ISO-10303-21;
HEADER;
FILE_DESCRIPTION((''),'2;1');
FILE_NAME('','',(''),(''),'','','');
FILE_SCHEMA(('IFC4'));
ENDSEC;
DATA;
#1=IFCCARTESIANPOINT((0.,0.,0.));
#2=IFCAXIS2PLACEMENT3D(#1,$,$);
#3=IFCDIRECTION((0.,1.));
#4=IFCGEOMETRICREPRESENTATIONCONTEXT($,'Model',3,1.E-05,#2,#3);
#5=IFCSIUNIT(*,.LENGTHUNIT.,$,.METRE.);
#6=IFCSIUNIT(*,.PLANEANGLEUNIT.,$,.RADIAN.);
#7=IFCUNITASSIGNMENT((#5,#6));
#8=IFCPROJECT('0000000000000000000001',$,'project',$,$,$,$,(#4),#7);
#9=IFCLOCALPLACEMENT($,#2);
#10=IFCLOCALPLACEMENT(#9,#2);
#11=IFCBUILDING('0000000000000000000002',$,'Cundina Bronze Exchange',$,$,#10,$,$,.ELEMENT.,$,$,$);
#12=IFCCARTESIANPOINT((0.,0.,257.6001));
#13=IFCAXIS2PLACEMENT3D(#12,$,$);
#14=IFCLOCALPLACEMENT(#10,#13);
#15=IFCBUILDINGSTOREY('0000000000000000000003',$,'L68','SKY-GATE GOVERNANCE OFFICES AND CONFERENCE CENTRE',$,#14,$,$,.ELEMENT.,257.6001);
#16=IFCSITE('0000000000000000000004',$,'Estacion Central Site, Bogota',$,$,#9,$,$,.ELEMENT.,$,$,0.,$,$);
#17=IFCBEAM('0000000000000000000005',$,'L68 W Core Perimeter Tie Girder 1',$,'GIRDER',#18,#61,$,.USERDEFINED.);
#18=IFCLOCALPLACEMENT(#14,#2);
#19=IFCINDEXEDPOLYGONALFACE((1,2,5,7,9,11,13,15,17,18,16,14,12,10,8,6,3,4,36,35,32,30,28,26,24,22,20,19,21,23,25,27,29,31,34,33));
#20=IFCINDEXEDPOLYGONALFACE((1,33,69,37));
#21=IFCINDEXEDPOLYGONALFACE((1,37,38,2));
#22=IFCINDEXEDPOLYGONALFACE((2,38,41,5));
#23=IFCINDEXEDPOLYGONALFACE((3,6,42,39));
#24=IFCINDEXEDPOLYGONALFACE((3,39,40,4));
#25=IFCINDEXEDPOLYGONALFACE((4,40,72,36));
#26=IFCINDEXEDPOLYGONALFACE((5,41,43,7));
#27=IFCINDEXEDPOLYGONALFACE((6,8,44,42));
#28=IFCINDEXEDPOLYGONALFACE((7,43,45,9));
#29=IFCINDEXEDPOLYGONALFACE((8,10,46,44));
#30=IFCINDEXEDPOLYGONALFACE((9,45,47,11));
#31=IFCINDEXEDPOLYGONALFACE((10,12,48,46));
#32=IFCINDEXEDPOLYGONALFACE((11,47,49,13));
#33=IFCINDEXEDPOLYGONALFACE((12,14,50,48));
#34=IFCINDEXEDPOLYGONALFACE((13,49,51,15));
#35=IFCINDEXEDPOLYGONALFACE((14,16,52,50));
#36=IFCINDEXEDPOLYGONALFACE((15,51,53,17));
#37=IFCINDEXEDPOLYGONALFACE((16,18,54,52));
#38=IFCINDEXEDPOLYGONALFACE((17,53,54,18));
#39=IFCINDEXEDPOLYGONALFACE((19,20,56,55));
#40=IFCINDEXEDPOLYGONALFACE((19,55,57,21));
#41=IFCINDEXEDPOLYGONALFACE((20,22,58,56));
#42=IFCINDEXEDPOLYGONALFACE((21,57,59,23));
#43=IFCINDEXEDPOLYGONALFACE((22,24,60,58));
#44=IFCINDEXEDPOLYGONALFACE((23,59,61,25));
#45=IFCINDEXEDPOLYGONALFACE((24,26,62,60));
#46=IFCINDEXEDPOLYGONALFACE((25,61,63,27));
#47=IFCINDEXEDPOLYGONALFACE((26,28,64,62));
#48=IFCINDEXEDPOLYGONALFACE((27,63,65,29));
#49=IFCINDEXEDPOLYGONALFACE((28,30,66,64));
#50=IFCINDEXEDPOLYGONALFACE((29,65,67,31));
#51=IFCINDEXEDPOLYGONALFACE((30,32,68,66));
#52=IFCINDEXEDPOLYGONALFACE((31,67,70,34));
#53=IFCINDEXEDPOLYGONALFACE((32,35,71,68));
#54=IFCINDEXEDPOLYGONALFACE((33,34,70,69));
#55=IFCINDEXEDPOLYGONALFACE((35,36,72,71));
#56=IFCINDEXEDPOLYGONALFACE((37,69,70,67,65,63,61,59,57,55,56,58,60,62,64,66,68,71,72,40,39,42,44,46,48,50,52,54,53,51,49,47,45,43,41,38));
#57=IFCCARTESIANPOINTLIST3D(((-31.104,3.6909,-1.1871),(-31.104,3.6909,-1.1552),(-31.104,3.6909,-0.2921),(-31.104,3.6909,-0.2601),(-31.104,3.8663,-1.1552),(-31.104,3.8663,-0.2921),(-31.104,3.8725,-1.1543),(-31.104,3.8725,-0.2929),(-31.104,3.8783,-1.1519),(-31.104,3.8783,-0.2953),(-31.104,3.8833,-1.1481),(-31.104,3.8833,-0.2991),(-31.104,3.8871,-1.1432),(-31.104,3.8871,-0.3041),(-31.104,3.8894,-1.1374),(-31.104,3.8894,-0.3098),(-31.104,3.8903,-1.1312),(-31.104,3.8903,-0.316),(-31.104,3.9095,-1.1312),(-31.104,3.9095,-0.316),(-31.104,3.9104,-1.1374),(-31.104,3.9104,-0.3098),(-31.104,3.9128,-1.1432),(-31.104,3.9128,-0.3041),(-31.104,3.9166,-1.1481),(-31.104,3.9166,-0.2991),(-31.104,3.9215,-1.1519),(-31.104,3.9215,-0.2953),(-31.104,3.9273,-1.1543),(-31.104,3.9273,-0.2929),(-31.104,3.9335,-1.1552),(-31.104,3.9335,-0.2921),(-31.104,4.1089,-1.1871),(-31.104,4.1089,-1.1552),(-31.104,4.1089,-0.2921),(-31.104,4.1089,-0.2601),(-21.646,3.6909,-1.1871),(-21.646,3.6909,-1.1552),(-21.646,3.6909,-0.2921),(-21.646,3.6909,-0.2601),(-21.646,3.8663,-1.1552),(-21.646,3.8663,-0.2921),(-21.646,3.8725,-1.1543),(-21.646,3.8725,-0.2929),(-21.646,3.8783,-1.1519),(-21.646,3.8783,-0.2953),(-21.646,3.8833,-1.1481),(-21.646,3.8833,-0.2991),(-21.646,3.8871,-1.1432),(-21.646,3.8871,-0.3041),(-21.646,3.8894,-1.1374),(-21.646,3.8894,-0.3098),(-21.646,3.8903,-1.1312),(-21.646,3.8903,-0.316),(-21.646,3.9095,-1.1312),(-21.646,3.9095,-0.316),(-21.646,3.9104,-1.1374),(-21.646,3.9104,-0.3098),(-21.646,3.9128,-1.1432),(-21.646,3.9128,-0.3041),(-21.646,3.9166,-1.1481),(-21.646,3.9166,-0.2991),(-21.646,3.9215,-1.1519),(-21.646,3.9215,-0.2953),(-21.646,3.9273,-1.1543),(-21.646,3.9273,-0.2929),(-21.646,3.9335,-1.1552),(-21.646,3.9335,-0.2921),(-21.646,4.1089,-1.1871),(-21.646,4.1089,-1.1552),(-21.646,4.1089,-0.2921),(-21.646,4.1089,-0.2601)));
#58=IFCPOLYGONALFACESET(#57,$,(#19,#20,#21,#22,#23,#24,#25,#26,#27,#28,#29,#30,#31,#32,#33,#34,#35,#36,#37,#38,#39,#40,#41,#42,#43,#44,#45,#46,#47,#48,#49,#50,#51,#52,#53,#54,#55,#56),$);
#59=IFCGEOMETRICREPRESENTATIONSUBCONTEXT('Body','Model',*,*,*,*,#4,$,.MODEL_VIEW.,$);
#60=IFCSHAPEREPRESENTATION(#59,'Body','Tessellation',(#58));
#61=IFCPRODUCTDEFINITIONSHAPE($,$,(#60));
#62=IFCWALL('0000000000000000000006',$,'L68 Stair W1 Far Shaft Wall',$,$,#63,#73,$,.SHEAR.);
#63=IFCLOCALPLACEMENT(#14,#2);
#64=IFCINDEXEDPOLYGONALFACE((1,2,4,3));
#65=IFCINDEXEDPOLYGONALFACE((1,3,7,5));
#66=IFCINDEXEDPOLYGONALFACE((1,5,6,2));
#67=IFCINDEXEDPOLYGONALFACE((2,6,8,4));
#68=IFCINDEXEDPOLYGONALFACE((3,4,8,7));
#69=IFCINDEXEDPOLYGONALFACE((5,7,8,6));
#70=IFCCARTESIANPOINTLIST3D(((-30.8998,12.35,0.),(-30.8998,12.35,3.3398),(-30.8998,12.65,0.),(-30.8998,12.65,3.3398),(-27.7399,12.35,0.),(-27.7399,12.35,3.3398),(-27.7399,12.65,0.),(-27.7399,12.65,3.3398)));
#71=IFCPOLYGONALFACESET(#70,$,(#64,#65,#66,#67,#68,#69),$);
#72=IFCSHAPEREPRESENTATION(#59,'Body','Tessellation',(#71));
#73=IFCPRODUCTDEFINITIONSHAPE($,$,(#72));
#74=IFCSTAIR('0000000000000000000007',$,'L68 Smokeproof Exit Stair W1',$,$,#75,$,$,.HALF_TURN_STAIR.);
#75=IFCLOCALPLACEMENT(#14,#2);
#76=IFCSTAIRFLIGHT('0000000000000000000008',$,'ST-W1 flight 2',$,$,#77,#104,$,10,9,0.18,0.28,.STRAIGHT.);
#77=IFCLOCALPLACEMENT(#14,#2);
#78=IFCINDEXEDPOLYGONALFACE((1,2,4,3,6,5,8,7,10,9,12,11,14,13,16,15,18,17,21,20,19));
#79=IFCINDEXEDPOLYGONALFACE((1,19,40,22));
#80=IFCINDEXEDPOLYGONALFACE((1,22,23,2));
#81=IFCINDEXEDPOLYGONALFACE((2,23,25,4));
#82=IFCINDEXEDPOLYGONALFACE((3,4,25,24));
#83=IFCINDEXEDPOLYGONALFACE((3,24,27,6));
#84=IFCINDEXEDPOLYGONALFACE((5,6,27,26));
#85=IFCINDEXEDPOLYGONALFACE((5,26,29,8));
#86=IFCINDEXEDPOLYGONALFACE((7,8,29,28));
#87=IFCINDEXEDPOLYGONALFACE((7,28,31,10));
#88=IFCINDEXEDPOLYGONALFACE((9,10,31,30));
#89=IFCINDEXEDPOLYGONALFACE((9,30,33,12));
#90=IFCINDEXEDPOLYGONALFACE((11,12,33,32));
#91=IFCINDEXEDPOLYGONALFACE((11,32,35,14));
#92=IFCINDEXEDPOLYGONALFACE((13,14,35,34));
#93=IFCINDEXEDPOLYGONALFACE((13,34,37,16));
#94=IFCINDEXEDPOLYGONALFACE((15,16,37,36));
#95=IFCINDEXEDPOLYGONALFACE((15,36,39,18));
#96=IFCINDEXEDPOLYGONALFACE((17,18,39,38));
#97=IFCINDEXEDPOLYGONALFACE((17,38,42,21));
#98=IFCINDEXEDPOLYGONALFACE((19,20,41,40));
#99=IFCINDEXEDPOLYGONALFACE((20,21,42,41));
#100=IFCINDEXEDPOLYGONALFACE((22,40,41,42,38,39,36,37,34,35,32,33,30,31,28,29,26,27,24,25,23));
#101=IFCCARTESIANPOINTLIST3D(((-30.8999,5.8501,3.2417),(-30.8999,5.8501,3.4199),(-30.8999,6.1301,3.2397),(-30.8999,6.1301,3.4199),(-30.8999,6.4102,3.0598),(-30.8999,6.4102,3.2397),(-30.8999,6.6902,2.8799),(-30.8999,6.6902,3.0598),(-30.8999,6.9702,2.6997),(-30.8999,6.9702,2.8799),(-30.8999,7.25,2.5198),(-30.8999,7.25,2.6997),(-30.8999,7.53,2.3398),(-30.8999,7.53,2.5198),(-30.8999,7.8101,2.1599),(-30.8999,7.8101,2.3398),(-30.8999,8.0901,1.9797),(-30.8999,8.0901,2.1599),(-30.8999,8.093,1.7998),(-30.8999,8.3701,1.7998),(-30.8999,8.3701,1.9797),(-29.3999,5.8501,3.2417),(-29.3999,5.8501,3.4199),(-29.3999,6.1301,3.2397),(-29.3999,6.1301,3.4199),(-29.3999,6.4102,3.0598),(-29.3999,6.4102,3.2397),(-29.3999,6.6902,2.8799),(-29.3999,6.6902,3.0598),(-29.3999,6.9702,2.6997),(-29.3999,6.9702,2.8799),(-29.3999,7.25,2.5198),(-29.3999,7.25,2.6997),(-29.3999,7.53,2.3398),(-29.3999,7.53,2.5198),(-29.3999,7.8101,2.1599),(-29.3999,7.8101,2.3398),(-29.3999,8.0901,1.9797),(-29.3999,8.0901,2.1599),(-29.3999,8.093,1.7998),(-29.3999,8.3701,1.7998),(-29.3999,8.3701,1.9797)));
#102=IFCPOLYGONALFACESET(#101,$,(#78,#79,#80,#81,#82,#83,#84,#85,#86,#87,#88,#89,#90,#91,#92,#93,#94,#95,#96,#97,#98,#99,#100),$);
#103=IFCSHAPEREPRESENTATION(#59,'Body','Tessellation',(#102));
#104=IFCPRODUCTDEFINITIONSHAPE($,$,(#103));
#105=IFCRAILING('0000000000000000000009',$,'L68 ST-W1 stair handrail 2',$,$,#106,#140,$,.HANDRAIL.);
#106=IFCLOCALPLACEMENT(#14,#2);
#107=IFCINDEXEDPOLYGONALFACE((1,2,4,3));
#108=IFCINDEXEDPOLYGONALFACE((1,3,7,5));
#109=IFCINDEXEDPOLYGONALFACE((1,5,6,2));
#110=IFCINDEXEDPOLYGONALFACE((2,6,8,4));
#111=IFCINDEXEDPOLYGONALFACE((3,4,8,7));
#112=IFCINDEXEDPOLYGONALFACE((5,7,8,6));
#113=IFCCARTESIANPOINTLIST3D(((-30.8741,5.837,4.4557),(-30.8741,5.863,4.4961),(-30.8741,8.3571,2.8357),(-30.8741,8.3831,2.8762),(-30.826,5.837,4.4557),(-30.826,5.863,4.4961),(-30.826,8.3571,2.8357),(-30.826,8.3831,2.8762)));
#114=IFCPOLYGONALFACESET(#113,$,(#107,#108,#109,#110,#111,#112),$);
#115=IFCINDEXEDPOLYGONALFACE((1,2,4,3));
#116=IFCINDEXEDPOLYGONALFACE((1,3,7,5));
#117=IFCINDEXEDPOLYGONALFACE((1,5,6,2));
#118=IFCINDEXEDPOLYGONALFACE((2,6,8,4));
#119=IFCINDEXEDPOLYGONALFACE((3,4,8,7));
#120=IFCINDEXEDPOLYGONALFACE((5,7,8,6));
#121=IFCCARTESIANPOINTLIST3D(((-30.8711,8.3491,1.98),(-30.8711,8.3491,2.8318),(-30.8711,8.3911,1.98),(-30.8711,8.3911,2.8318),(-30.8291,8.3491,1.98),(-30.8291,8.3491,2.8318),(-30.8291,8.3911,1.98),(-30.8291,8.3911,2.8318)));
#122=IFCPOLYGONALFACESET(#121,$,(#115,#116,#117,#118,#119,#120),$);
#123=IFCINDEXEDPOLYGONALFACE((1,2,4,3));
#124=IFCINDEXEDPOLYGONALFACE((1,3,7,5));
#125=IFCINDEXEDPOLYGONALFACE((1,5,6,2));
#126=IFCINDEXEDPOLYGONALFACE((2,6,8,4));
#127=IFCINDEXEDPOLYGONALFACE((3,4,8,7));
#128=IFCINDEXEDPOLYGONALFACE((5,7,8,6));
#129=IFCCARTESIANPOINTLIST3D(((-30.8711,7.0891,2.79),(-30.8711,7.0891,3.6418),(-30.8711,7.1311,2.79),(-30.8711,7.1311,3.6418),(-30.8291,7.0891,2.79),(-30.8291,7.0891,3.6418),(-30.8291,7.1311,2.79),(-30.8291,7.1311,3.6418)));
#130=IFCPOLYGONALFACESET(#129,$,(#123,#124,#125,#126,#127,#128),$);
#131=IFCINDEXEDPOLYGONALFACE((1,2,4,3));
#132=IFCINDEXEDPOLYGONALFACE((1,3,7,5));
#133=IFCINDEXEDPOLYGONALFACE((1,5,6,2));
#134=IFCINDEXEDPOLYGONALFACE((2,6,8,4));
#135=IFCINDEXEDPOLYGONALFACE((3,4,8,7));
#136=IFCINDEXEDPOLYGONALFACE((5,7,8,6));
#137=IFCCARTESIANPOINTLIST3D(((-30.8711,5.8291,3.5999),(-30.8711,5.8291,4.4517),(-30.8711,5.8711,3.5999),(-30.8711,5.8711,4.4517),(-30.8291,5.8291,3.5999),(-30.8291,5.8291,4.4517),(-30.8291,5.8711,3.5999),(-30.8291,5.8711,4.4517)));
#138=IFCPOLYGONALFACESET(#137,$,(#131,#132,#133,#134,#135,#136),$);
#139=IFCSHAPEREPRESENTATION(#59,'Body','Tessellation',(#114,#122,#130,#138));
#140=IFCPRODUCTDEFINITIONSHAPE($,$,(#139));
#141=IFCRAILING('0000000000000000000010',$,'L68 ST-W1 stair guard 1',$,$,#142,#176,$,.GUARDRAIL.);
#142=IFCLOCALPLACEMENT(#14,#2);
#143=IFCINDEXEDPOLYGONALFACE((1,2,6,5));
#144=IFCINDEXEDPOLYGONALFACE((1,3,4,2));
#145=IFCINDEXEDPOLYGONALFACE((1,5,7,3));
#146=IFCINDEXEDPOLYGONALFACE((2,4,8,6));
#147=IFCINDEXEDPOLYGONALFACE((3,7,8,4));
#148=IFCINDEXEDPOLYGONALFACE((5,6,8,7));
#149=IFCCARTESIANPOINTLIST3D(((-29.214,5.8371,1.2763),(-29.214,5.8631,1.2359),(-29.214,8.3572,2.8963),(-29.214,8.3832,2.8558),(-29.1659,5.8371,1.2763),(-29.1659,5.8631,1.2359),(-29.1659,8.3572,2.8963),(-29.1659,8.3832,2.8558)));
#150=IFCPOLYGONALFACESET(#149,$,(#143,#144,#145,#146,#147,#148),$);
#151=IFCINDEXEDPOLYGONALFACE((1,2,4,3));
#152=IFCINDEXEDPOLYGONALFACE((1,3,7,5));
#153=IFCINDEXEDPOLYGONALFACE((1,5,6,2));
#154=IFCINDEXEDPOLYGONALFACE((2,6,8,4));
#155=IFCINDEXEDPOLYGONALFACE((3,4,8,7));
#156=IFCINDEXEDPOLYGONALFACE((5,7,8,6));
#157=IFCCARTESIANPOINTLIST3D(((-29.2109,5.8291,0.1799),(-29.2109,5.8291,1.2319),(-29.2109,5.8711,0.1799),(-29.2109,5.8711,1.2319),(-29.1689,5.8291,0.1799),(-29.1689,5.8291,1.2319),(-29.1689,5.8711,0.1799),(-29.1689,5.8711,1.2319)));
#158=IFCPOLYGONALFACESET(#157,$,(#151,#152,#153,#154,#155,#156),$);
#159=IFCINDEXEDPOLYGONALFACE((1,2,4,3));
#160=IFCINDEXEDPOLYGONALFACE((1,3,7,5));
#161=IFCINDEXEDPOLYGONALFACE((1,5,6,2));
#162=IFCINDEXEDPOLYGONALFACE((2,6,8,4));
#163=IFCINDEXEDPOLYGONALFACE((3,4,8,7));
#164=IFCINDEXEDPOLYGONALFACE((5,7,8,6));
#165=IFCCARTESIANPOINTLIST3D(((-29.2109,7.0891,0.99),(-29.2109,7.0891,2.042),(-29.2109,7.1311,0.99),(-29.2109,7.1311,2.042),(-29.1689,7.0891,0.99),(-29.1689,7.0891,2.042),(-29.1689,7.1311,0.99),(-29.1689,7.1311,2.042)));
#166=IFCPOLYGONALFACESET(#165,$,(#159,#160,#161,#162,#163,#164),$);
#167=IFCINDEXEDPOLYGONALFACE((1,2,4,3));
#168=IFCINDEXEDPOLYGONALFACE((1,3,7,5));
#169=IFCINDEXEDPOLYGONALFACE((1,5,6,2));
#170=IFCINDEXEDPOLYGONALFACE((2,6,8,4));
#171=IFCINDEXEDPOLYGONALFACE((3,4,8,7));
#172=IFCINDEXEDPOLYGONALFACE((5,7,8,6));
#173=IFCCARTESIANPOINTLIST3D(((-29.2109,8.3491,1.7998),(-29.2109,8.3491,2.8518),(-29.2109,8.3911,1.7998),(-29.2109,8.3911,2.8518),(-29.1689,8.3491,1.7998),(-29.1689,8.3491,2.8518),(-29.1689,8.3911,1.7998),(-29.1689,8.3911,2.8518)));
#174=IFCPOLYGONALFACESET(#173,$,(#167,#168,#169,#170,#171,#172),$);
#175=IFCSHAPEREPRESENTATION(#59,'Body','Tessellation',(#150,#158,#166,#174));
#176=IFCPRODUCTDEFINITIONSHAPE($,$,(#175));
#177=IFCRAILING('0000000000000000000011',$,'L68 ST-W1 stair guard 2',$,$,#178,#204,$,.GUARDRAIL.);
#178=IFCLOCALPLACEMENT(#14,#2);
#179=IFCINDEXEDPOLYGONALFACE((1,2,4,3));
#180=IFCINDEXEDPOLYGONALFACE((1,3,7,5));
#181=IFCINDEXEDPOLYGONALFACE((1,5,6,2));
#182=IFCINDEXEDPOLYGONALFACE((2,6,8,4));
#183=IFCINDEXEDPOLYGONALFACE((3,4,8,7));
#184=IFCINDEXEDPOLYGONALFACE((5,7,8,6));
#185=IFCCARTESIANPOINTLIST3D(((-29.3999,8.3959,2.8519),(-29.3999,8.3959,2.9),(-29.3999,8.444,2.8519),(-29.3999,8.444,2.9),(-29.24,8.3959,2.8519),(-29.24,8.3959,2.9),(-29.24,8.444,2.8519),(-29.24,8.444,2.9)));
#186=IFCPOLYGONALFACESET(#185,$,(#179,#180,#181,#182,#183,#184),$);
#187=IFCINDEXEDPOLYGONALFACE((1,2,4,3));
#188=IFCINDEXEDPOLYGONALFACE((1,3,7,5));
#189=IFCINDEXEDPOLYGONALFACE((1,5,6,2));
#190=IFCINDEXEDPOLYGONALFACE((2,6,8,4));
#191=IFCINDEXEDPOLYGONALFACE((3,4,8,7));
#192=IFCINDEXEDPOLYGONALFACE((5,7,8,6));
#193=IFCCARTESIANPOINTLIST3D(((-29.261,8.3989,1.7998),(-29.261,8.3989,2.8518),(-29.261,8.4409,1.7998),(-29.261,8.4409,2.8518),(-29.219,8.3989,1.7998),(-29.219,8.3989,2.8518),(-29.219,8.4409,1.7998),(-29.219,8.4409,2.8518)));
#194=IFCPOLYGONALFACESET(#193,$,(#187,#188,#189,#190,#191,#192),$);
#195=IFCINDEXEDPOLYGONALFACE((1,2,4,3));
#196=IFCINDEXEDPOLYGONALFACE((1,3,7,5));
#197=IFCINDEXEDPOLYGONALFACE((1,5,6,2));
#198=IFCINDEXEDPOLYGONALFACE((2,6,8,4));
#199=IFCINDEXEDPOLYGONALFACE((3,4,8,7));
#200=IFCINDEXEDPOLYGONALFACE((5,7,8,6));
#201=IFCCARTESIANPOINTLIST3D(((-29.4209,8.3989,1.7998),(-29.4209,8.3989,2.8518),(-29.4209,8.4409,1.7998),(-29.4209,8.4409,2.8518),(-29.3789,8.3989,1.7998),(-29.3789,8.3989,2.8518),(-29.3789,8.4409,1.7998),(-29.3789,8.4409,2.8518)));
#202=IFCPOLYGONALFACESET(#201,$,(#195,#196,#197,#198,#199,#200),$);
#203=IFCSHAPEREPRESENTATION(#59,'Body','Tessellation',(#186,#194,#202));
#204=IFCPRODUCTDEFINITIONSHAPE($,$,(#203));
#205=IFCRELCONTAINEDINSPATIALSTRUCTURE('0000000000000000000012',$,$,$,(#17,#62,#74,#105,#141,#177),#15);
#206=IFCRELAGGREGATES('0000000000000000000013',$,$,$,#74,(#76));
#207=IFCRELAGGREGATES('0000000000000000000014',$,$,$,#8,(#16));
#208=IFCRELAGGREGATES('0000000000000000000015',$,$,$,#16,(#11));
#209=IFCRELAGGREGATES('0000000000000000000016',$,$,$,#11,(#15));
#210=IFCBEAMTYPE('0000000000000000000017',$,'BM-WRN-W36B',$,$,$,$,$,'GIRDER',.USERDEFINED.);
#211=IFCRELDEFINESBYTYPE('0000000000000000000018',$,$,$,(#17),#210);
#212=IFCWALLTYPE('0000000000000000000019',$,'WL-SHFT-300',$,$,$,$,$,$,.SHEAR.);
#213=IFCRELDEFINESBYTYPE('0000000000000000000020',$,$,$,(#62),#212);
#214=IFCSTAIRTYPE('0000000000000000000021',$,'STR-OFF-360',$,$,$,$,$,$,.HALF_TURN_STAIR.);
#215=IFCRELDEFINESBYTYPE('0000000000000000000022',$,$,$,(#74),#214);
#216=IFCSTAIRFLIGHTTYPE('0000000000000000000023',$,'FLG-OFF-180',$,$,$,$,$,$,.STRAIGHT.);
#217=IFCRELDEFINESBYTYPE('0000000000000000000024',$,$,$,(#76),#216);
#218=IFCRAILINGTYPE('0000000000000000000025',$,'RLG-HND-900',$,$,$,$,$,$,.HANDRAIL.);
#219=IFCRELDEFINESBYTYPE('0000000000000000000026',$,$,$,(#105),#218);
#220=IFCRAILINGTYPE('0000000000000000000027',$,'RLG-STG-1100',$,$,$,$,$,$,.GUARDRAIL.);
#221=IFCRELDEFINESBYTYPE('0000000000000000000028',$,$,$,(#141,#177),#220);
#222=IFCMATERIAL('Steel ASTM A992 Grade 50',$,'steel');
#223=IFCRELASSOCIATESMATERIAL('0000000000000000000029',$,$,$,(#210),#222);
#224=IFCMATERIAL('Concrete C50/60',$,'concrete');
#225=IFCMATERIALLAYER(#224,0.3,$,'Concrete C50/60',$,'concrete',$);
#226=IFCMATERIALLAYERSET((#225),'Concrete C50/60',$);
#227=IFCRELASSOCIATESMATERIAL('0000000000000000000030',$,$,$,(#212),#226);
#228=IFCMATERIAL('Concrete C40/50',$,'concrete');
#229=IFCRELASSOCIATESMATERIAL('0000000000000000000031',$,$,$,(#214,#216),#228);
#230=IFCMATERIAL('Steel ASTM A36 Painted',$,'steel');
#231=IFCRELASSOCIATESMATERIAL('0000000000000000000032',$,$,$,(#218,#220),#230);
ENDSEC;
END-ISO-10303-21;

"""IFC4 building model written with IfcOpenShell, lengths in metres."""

from ifc_helpers import new_model, si_unit, direction, frame, frame_2d, origin, origin_2d, place, context, subcontext, project, spatial, polyline, rectangle, i_section, outline, extrude, material, layer, layer_set, material_profile, profile_set, type_object, element, aggregate, save


model = new_model("IFC4")

# Units and contexts
model_context = context("Model", 3, precision=1e-05, world=origin(), true_north=direction((0.0, 1.0)))
body_context = subcontext(model_context, "Body", "Model", "MODEL_VIEW")
ifc_project = project(units=[si_unit("LENGTHUNIT", "METRE"), si_unit("PLANEANGLEUNIT", "RADIAN")], contexts=[model_context])

# Site, building, storey
site_placement = place(None, origin())
site = spatial("IfcSite", under=ifc_project, at=site_placement, Name="Estacion Central Site, Bogota", CompositionType="ELEMENT", RefElevation=0.0)
building_placement = place(site_placement, origin())
building = spatial("IfcBuilding", under=site, at=building_placement, Name="Cundina Bronze Exchange", CompositionType="ELEMENT")
storey_placement = place(building_placement, frame((0.0, 0.0, 257.6001)))
storey = spatial("IfcBuildingStorey", under=building, at=storey_placement, Name="L68", Description="SKY-GATE GOVERNANCE OFFICES AND CONFERENCE CENTRE", CompositionType="ELEMENT", Elevation=257.6001)

# Shared definitions
ifc_material_1 = material(Name="Steel ASTM A992 Grade 50", Category="steel")

# Beam
ifc_material_profile_1 = material_profile(ifc_material_1, i_section(OverallWidth=0.418, OverallDepth=0.927, WebThickness=0.0193, FlangeThickness=0.032, FilletRadius=0.0239, at=origin_2d()), Name="W36X231", Category="steel")
ifc_profile_set_1 = profile_set([ifc_material_profile_1], Name="Steel ASTM A992 Grade 50")
beam_type_1 = type_object("IfcBeamType", Name="BM-WRN-W36B", ElementType="GIRDER", PredefinedType="USERDEFINED", material=ifc_profile_set_1)
beam_1_placement = place(storey_placement, frame((-31.104, 3.8999, -0.7236), z_axis=(1.0, 0.0, 0.0), x_axis=(0.0, 1.0, 0.0)))
element("IfcBeam", 1, at=beam_1_placement, inside=storey, type_object=beam_type_1, Name="L68 W Core Perimeter Tie Girder 1", ObjectType="GIRDER", PredefinedType="USERDEFINED", context=body_context, shape_type="SweptSolid", body=[
    extrude(i_section(OverallWidth=0.418, OverallDepth=0.927, WebThickness=0.0193, FlangeThickness=0.032, FilletRadius=0.0239, at=origin_2d()), origin(), (0.0, 0.0, 1.0), 9.458),
])

# Shared definitions
ifc_material_2 = material(Name="Concrete C50/60", Category="concrete")
ifc_layer_1 = layer(ifc_material_2, 0.3, Name="Concrete C50/60", Category="concrete")
ifc_layer_set_1 = layer_set([ifc_layer_1], Name="Concrete C50/60")
wall_type_1 = type_object("IfcWallType", Name="WL-SHFT-300", PredefinedType="SHEAR", material=ifc_layer_set_1)
ifc_material_3 = material(Name="Steel ASTM A36 Painted", Category="steel")

# Wall
wall_1_placement = place(storey_placement, frame((-30.8999, 12.5, 0.0), z_axis=(0.0, 0.0, 1.0), x_axis=(1.0, 0.0, 0.0)))
element("IfcWall", 2, at=wall_1_placement, inside=storey, type_object=wall_type_1, Name="L68 Stair W1 Far Shaft Wall", PredefinedType="SHEAR", context=body_context, shape_type="SweptSolid", body=[
    extrude(rectangle(XDim=3.1599, YDim=0.3, at=frame_2d((1.5801, 0.0))), origin(), (0.0, 0.0, 1.0), 3.3398),
])

# Stair, stair flight
ifc_material_4 = material(Name="Concrete C40/50", Category="concrete")
stair_type = type_object("IfcStairType", Name="STR-OFF-360", PredefinedType="HALF_TURN_STAIR", material=ifc_material_4)
stair_placement = place(storey_placement, origin())
stair = element("IfcStair", 3, at=stair_placement, inside=storey, type_object=stair_type, Name="L68 Smokeproof Exit Stair W1", PredefinedType="HALF_TURN_STAIR")
stair_flight_type = type_object("IfcStairFlightType", Name="FLG-OFF-180", PredefinedType="STRAIGHT", material=ifc_material_4)
stair_flight_placement = place(storey_placement, frame((-30.1499, 8.3701, 1.7998), z_axis=(0.0, 0.0, 1.0), x_axis=(0.0, -1.0, 0.0)))
stair_flight = element("IfcStairFlight", 4, at=stair_flight_placement, type_object=stair_flight_type, Name="ST-W1 flight 2", NumberOfRisers=10, NumberOfTreads=9, PredefinedType="STRAIGHT", RiserHeight=0.18, TreadLength=0.28, context=body_context, shape_type="SweptSolid", body=[
    extrude(outline(polyline([(0.0, 0.0), (0.0, 0.1799), (0.28, 0.1799), (0.28, 0.3601), (0.5601, 0.3601), (0.5601, 0.54), (0.8401, 0.54), (0.8401, 0.72), (1.1201, 0.72), (1.1201, 0.8999), (1.3999, 0.8999), (1.3999, 1.0801), (1.6799, 1.0801), (1.6799, 1.26), (1.96, 1.26), (1.96, 1.4399), (2.24, 1.4399), (2.24, 1.6201), (2.52, 1.6201), (2.52, 1.8), (2.52, 1.4419), (0.2771, 0.0), (0.0, 0.0)])), frame((0.0, 0.75, 0.0), z_axis=(0.0, -1.0, 0.0), x_axis=(1.0, 0.0, 0.0)), (0.0, 0.0, 1.0), 1.5),
])
aggregate(stair, [stair_flight])

# Railings
railing_type_1 = type_object("IfcRailingType", Name="RLG-HND-900", PredefinedType="HANDRAIL", material=ifc_material_3)
railing_1_placement = place(storey_placement, frame((-30.8501, 8.3701, 1.98)))
element("IfcRailing", 5, at=railing_1_placement, inside=storey, type_object=railing_type_1, Name="L68 ST-W1 stair handrail 2", PredefinedType="HANDRAIL", context=body_context, shape_type="SweptSolid", body=[
    extrude(rectangle(XDim=0.0481, YDim=0.0481, at=origin_2d()), frame((0.0, 0.0, 0.876), z_axis=(0.0, -0.8412, 0.540725), x_axis=(1.0, 0.0, 0.0)), (0.0, 0.0, 1.0), 2.9958),
    extrude(rectangle(XDim=0.042, YDim=0.042, at=origin_2d()), origin(), (0.0, 0.0, 1.0), 0.8518),
    extrude(rectangle(XDim=0.042, YDim=0.042, at=origin_2d()), frame((0.0, -1.26, 0.8101)), (0.0, 0.0, 1.0), 0.8518),
    extrude(rectangle(XDim=0.042, YDim=0.042, at=origin_2d()), frame((0.0, -2.52, 1.6199)), (0.0, 0.0, 1.0), 0.8518),
])
railing_type_2 = type_object("IfcRailingType", Name="RLG-STG-1100", PredefinedType="GUARDRAIL", material=ifc_material_3)
railing_2_placement = place(storey_placement, frame((-29.1899, 5.8501, 0.1799)))
element("IfcRailing", 6, at=railing_2_placement, inside=storey, type_object=railing_type_2, Name="L68 ST-W1 stair guard 1", PredefinedType="GUARDRAIL", context=body_context, shape_type="SweptSolid", body=[
    extrude(rectangle(XDim=0.0481, YDim=0.0481, at=origin_2d()), frame((0.0, 0.0, 1.0762), z_axis=(0.0, 0.8412, 0.540725), x_axis=(-1.0, 0.0, 0.0)), (0.0, 0.0, 1.0), 2.9958),
    extrude(rectangle(XDim=0.042, YDim=0.042, at=origin_2d()), origin(), (0.0, 0.0, 1.0), 1.052),
    extrude(rectangle(XDim=0.042, YDim=0.042, at=origin_2d()), frame((0.0, 1.26, 0.8101)), (0.0, 0.0, 1.0), 1.052),
    extrude(rectangle(XDim=0.042, YDim=0.042, at=origin_2d()), frame((0.0, 2.52, 1.6199)), (0.0, 0.0, 1.0), 1.052),
])
railing_3_placement = place(storey_placement, frame((-29.24, 8.4199, 1.7998)))
element("IfcRailing", 7, at=railing_3_placement, inside=storey, type_object=railing_type_2, Name="L68 ST-W1 stair guard 2", PredefinedType="GUARDRAIL", context=body_context, shape_type="SweptSolid", body=[
    extrude(rectangle(XDim=0.0481, YDim=0.0481, at=origin_2d()), frame((0.0, 0.0, 1.0762), z_axis=(-1.0, 0.0, 0.0), x_axis=(0.0, -1.0, 0.0)), (0.0, 0.0, 1.0), 0.1599),
    extrude(rectangle(XDim=0.042, YDim=0.042, at=origin_2d()), origin(), (0.0, 0.0, 1.0), 1.052),
    extrude(rectangle(XDim=0.042, YDim=0.042, at=origin_2d()), frame((-0.1599, 0.0, 0.0)), (0.0, 0.0, 1.0), 1.052),
])

save(model, "model.ifc")
